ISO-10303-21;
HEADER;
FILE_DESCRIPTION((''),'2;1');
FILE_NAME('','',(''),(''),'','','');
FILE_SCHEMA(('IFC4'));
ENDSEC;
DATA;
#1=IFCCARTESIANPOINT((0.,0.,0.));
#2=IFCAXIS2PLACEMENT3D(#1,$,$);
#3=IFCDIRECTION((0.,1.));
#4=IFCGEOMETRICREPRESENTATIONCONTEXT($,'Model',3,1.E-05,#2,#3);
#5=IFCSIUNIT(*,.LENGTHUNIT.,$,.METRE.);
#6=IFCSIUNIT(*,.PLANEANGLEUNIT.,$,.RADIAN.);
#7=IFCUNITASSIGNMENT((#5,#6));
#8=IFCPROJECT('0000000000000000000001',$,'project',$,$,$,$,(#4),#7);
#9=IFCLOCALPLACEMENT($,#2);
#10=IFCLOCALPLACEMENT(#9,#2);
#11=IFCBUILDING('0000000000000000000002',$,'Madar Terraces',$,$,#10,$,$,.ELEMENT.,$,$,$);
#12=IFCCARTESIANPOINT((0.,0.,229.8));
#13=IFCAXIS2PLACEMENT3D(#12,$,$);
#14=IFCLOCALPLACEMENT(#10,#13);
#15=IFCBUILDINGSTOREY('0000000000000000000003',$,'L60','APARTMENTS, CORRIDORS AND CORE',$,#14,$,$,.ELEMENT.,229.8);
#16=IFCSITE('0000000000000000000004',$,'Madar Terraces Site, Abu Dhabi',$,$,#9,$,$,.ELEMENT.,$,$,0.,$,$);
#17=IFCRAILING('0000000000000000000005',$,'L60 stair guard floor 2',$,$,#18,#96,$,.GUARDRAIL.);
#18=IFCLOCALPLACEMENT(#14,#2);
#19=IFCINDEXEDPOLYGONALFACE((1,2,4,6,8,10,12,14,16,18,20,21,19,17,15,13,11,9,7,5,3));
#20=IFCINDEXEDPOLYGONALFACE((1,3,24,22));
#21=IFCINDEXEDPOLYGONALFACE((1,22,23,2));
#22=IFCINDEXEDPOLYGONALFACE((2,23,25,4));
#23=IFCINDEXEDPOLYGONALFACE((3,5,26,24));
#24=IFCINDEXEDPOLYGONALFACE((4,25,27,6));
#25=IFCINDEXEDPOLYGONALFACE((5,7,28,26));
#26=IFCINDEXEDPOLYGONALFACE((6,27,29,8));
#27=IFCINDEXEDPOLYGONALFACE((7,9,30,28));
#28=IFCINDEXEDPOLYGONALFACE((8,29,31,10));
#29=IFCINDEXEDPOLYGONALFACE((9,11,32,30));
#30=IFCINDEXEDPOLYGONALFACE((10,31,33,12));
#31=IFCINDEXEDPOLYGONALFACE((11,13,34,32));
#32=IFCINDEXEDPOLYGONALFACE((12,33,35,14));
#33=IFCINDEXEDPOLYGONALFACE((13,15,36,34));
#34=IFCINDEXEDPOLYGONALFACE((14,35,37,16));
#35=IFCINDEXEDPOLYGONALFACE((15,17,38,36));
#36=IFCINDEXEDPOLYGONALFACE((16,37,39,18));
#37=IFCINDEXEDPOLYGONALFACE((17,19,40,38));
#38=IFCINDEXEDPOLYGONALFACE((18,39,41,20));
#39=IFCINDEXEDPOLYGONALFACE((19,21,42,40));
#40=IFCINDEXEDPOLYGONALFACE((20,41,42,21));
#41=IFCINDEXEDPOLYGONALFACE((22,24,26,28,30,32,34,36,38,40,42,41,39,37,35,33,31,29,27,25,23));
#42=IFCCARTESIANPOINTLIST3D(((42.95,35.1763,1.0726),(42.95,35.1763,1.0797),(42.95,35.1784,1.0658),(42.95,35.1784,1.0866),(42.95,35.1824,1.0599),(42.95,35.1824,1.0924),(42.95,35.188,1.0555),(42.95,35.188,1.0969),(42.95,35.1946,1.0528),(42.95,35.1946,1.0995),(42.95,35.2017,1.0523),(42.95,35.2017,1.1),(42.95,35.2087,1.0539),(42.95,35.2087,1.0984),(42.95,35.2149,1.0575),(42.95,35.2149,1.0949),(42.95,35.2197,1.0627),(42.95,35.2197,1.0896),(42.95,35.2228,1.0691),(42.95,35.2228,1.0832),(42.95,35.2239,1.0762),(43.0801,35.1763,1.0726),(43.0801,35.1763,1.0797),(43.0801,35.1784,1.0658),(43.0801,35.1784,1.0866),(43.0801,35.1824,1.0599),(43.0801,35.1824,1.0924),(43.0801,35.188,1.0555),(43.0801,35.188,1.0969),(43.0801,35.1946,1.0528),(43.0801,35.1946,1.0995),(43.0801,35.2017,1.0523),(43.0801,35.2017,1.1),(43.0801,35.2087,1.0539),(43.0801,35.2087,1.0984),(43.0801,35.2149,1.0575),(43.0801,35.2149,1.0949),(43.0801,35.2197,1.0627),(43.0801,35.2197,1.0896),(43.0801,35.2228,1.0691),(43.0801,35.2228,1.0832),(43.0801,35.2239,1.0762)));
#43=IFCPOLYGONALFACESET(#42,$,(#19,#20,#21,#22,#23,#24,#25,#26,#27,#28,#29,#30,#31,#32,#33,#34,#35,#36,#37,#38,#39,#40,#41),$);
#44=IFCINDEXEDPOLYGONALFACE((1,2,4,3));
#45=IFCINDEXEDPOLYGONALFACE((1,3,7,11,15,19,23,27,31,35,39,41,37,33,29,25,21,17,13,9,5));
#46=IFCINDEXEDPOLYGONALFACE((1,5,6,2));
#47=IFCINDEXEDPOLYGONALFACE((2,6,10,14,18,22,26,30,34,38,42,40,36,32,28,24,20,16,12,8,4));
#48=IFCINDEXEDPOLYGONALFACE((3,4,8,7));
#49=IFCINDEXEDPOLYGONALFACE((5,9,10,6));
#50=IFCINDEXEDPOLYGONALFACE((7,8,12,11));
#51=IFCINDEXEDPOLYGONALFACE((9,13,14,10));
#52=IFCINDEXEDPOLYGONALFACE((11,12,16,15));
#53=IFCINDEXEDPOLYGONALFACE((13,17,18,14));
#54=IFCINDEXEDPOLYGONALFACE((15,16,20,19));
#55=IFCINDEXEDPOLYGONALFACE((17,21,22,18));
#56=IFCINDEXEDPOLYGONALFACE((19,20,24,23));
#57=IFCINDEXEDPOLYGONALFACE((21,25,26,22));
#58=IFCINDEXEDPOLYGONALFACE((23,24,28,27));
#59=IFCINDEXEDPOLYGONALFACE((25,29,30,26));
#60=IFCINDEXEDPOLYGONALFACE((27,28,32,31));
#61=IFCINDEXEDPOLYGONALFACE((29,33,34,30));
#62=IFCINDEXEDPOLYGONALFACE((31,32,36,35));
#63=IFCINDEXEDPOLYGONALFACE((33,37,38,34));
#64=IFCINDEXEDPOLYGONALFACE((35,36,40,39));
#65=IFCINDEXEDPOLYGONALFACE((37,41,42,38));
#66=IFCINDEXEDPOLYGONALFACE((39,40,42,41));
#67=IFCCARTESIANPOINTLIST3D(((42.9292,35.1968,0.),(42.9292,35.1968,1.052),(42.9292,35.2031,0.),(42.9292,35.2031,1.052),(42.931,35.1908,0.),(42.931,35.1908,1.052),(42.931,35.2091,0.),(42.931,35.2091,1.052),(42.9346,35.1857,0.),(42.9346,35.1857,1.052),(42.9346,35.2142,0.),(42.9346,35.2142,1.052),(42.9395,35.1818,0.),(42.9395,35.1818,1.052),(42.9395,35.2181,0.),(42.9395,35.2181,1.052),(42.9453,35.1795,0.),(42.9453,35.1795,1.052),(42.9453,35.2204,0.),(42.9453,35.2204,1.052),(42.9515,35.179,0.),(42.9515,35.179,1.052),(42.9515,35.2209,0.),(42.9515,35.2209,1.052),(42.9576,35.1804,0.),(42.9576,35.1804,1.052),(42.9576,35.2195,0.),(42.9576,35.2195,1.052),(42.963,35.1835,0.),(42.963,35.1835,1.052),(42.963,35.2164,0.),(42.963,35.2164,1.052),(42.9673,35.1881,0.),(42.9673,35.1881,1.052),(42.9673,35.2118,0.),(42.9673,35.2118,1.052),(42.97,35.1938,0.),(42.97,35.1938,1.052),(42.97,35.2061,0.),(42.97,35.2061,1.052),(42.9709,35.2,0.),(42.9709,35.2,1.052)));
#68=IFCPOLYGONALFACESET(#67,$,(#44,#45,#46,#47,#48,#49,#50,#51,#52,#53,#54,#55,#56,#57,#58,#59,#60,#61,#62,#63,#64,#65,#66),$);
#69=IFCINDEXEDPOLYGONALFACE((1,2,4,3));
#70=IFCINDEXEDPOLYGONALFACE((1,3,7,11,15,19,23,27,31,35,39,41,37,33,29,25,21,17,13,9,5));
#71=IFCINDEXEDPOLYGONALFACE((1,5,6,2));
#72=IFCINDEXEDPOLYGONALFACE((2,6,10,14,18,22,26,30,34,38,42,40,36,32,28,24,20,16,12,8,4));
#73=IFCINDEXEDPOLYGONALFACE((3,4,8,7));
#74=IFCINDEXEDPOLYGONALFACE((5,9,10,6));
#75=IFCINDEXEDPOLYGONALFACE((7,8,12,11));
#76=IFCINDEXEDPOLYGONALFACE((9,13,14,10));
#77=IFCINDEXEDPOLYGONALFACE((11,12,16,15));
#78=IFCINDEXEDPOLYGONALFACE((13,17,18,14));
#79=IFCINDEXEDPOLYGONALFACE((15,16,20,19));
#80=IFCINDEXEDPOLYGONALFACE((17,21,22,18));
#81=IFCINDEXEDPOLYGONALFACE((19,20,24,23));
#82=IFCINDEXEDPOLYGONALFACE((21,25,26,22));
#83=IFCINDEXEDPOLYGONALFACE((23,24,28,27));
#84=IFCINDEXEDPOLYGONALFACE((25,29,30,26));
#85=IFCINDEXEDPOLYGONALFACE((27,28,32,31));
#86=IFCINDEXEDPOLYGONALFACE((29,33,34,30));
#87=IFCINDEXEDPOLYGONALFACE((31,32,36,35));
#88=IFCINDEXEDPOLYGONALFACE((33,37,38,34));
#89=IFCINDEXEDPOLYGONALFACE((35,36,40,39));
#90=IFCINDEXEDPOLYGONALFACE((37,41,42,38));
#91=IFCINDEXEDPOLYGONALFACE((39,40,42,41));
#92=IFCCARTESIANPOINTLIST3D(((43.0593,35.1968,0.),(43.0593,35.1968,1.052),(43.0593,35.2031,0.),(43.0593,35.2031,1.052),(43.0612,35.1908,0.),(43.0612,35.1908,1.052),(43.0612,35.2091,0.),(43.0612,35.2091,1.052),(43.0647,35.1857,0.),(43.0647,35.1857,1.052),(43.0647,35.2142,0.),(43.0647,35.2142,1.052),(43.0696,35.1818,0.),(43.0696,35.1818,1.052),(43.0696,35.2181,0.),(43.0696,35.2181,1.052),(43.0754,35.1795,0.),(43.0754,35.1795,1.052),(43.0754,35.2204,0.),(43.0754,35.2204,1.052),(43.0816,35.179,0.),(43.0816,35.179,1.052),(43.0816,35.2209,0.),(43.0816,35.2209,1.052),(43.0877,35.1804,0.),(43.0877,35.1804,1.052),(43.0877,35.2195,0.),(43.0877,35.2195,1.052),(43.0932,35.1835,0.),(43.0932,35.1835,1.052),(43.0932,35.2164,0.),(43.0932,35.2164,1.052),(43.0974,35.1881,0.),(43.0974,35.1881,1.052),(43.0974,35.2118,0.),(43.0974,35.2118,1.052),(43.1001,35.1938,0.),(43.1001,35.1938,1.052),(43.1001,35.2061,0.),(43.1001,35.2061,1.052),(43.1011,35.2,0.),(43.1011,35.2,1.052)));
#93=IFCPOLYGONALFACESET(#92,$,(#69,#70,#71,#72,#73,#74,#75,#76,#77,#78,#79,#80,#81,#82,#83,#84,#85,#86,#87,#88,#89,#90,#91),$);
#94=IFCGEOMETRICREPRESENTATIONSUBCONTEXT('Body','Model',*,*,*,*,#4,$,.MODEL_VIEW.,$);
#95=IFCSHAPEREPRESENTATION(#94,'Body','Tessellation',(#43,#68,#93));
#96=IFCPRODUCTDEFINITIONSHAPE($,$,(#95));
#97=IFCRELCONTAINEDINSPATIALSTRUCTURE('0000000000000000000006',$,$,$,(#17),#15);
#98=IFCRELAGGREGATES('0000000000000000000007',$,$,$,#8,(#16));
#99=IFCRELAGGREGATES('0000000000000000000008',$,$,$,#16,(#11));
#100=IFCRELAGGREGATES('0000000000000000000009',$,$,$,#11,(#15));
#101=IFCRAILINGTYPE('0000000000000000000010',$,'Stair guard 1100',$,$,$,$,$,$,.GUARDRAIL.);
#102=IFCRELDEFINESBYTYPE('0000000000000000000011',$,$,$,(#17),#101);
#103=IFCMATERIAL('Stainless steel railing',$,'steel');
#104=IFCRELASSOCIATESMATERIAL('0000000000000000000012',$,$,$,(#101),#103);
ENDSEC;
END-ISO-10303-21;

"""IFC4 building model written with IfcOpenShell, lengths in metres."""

from ifc_helpers import new_model, si_unit, direction, frame, origin, origin_2d, place, context, subcontext, project, spatial, circle, extrude, material, type_object, element, save


model = new_model("IFC4")

# Units and contexts
model_context = context("Model", 3, precision=1e-05, world=origin(), true_north=direction((0.0, 1.0)))
body_context = subcontext(model_context, "Body", "Model", "MODEL_VIEW")
ifc_project = project(units=[si_unit("LENGTHUNIT", "METRE"), si_unit("PLANEANGLEUNIT", "RADIAN")], contexts=[model_context])

# Site, building, storey
site_placement = place(None, origin())
site = spatial("IfcSite", under=ifc_project, at=site_placement, Name="Madar Terraces Site, Abu Dhabi", CompositionType="ELEMENT", RefElevation=0.0)
building_placement = place(site_placement, origin())
building = spatial("IfcBuilding", under=site, at=building_placement, Name="Madar Terraces", CompositionType="ELEMENT")
storey_placement = place(building_placement, frame((0.0, 0.0, 229.8)))
storey = spatial("IfcBuildingStorey", under=building, at=storey_placement, Name="L60", Description="APARTMENTS, CORRIDORS AND CORE", CompositionType="ELEMENT", Elevation=229.8)

# Railing
ifc_material_1 = material(Name="Stainless steel railing", Category="steel")
railing_type_1 = type_object("IfcRailingType", Name="Stair guard 1100", PredefinedType="GUARDRAIL", material=ifc_material_1)
railing_1_placement = place(storey_placement, frame((42.95, 35.2, 0.0)))
element("IfcRailing", 1, at=railing_1_placement, inside=storey, type_object=railing_type_1, Name="L60 stair guard floor 2", PredefinedType="GUARDRAIL", context=body_context, shape_type="SweptSolid", body=[
    extrude(circle(Radius=0.0239, at=origin_2d()), frame((0.0, 0.0, 1.0762), z_axis=(1.0, 0.0, 0.0), x_axis=(0.0, 1.0, 0.0)), (0.0, 0.0, 1.0), 0.1301),
    extrude(circle(Radius=0.021, at=origin_2d()), origin(), (0.0, 0.0, 1.0), 1.052),
    extrude(circle(Radius=0.021, at=origin_2d()), frame((0.1301, 0.0, 0.0)), (0.0, 0.0, 1.0), 1.052),
])

save(model, "model.ifc")
